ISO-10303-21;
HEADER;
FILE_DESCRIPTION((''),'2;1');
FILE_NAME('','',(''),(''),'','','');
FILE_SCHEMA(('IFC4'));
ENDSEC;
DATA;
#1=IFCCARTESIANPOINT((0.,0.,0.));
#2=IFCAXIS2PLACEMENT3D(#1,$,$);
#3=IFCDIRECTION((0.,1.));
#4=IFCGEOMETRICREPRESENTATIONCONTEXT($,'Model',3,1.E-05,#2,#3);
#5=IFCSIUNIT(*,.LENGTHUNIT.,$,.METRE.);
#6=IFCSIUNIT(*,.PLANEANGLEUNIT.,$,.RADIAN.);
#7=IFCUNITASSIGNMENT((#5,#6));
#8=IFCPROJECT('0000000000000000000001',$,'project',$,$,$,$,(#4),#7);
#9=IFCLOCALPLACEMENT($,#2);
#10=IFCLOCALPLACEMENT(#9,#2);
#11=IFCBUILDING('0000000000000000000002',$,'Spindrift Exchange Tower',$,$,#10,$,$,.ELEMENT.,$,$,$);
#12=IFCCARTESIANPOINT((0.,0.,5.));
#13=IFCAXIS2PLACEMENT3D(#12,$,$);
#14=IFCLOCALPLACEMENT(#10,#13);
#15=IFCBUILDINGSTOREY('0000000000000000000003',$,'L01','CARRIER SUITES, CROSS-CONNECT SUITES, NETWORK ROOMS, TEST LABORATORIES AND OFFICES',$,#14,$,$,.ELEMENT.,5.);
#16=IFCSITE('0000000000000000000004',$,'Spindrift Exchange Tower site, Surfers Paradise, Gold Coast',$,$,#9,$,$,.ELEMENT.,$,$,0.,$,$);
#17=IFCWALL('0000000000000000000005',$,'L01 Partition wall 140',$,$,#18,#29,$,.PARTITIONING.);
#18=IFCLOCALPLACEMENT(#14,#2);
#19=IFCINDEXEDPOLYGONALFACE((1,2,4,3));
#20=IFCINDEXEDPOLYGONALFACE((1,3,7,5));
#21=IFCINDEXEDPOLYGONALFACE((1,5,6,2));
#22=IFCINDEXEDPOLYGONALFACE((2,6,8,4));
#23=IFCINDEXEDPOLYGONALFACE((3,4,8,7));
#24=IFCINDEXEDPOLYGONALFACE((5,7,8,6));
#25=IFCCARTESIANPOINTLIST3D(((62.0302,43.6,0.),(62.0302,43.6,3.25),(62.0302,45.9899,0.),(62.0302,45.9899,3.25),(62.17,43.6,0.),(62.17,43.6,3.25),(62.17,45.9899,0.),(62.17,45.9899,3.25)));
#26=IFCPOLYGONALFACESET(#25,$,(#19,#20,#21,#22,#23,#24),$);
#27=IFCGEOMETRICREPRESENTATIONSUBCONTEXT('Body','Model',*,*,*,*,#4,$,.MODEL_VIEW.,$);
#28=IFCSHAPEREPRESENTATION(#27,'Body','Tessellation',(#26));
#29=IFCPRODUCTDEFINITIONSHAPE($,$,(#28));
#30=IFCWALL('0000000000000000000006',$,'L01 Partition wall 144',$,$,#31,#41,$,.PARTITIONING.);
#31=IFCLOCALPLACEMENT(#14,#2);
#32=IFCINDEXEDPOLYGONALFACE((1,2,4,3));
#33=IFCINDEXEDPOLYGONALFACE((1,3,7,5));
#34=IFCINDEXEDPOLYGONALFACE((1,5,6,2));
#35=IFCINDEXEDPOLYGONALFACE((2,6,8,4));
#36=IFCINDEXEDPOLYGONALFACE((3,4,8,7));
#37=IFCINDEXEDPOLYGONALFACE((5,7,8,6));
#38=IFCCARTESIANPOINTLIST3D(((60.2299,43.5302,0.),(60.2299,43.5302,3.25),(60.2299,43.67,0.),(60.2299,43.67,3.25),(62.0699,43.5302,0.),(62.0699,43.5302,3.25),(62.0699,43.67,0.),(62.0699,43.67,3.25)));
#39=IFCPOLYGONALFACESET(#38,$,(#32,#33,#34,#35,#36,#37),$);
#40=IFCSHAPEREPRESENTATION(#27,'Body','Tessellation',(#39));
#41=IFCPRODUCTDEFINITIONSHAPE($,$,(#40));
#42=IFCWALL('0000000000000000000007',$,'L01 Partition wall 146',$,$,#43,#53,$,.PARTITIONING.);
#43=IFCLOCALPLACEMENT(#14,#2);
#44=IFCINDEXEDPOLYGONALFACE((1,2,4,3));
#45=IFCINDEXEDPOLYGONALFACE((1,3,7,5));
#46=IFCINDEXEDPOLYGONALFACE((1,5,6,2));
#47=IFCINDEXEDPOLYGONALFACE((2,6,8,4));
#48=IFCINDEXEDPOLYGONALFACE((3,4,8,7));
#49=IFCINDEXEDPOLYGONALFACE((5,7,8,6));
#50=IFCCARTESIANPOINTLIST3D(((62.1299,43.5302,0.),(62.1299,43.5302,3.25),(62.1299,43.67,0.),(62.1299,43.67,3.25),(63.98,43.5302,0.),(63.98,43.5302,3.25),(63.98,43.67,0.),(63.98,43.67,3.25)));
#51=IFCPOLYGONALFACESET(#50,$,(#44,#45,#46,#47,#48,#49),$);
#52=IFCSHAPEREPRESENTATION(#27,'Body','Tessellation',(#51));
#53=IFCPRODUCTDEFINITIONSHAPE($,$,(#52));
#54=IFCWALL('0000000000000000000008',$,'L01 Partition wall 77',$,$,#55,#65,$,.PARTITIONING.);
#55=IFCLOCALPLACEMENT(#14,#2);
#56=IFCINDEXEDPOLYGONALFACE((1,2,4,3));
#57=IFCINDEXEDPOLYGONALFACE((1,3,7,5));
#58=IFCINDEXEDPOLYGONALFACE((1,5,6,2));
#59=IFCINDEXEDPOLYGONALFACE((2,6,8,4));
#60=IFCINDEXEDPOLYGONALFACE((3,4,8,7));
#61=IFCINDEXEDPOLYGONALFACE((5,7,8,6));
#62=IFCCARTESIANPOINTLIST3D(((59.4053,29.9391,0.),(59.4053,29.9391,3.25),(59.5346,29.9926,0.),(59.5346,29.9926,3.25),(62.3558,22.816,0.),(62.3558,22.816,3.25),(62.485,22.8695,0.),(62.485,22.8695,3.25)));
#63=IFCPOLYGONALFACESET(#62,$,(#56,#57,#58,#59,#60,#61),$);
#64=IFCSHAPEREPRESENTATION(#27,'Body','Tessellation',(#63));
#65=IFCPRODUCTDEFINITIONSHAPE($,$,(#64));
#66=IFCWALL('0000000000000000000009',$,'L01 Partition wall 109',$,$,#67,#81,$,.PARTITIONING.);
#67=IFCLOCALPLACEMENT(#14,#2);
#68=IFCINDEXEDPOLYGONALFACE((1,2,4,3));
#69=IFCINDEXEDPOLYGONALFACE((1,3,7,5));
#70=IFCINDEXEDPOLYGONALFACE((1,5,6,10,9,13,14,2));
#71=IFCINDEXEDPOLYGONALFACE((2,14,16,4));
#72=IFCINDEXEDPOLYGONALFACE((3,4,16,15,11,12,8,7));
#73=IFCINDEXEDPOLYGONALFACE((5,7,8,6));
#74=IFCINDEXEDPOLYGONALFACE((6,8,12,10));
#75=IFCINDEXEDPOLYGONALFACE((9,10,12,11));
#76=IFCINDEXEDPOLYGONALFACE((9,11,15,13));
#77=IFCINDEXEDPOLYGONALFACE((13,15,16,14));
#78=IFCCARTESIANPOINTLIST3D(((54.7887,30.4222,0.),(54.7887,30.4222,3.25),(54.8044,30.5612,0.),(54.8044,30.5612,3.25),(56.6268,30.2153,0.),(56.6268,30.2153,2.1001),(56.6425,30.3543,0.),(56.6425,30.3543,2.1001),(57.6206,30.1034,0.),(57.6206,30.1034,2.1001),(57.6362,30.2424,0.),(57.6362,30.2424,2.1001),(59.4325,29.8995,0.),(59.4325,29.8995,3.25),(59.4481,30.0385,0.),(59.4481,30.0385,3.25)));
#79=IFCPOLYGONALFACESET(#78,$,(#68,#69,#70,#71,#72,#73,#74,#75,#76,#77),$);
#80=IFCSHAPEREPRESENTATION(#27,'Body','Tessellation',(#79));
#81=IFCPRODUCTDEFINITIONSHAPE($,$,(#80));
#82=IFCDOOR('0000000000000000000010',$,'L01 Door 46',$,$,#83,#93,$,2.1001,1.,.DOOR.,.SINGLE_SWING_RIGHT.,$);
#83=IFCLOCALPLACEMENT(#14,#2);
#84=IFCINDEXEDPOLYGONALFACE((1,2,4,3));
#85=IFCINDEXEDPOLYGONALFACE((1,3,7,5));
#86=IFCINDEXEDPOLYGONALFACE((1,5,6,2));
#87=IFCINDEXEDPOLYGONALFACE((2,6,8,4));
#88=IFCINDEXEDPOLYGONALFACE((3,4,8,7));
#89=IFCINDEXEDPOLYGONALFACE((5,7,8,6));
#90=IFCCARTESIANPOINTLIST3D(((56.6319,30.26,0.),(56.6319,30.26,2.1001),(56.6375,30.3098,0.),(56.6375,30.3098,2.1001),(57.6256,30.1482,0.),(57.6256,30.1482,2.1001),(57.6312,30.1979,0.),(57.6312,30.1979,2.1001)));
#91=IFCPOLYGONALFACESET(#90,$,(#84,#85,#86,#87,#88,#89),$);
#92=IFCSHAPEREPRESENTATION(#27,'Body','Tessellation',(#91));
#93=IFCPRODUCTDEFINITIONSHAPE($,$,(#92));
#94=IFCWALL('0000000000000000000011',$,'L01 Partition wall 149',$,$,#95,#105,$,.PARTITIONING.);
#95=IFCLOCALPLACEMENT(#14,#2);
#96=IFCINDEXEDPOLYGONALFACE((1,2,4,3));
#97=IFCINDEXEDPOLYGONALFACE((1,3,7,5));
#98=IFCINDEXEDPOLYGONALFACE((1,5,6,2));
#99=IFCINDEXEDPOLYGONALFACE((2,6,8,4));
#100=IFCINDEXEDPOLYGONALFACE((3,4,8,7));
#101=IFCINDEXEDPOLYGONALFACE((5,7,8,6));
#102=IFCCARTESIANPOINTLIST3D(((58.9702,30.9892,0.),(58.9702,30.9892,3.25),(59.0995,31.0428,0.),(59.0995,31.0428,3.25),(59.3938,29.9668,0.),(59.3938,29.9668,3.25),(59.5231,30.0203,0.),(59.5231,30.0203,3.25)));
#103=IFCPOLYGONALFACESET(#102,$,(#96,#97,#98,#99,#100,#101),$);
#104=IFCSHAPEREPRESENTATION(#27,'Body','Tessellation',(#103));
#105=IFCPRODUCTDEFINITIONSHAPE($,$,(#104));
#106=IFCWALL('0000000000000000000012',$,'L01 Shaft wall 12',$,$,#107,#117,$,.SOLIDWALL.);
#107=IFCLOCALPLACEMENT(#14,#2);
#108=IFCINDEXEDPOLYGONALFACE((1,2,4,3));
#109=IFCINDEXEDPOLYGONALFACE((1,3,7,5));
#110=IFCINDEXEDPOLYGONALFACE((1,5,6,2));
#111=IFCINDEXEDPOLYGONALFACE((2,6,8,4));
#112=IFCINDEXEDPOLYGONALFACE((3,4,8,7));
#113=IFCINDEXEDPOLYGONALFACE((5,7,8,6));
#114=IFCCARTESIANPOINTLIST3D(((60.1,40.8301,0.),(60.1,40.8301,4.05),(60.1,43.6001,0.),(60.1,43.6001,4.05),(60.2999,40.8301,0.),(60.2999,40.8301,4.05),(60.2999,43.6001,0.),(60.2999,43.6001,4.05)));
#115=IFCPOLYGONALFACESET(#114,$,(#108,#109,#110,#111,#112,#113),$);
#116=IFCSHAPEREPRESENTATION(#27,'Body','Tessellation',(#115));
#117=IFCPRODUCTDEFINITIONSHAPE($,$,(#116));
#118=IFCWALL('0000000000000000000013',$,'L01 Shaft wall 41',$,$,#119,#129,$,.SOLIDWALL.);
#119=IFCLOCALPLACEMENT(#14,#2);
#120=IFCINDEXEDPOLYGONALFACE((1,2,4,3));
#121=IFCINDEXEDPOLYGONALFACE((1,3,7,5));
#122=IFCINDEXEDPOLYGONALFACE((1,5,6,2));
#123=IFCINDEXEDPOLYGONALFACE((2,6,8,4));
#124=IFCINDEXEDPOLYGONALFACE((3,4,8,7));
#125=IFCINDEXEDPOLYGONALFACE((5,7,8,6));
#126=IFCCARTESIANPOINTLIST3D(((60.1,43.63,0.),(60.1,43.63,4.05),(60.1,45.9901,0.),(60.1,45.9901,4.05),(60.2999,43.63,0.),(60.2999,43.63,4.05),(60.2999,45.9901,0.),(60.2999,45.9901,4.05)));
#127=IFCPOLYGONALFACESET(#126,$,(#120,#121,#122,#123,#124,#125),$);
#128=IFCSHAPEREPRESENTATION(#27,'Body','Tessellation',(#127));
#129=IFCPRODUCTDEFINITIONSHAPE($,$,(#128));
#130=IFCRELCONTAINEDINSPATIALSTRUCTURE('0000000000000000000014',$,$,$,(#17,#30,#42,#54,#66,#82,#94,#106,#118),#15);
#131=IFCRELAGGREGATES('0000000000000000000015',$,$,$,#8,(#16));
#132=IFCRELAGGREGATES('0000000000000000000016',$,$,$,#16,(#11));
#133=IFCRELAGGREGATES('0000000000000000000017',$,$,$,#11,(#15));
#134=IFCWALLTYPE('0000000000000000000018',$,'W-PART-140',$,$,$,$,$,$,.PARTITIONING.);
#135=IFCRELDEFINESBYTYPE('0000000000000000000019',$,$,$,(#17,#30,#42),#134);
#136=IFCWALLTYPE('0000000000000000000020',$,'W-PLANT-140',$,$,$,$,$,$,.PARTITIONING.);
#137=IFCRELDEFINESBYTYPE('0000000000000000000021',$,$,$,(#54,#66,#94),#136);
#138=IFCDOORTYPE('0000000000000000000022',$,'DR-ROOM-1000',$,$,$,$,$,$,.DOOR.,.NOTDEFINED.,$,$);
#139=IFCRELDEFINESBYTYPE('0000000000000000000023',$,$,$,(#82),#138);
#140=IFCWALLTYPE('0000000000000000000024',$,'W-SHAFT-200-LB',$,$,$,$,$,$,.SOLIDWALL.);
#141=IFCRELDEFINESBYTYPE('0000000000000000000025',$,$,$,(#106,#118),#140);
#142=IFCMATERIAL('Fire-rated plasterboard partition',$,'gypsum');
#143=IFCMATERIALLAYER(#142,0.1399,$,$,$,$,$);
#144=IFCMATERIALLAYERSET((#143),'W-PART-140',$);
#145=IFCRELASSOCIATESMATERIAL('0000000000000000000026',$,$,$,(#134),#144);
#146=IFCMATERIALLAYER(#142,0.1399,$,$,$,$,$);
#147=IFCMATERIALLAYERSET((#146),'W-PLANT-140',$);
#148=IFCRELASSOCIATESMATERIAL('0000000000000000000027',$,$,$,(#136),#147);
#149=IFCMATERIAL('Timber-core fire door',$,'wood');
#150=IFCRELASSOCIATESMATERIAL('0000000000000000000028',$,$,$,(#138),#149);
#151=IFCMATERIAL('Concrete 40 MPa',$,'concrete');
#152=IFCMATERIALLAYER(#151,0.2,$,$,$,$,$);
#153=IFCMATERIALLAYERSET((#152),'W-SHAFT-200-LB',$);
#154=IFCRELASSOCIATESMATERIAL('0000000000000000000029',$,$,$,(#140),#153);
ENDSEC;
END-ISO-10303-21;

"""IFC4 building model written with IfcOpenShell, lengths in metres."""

from ifc_helpers import new_model, si_unit, direction, frame, frame_2d, origin, place, context, subcontext, project, spatial, rectangle, extrude, source, transform, mapped, material, layer, layer_set, type_object, element, fill, save


model = new_model("IFC4")

# Units and contexts
model_context = context("Model", 3, precision=1e-05, world=origin(), true_north=direction((0.0, 1.0)))
body_context = subcontext(model_context, "Body", "Model", "MODEL_VIEW")
ifc_project = project(units=[si_unit("LENGTHUNIT", "METRE"), si_unit("PLANEANGLEUNIT", "RADIAN")], contexts=[model_context])

# Site, building, storey
site_placement = place(None, origin())
site = spatial("IfcSite", under=ifc_project, at=site_placement, Name="Spindrift Exchange Tower site, Surfers Paradise, Gold Coast", CompositionType="ELEMENT", RefElevation=0.0)
building_placement = place(site_placement, origin())
building = spatial("IfcBuilding", under=site, at=building_placement, Name="Spindrift Exchange Tower", CompositionType="ELEMENT")
storey_placement = place(building_placement, frame((0.0, 0.0, 5.0)))
storey = spatial("IfcBuildingStorey", under=building, at=storey_placement, Name="L01", Description="CARRIER SUITES, CROSS-CONNECT SUITES, NETWORK ROOMS, TEST LABORATORIES AND OFFICES", CompositionType="ELEMENT", Elevation=5.0)

# Shared definitions
ifc_material_1 = material(Name="Timber-core fire door", Category="wood")
ifc_material_2 = material(Name="Fire-rated plasterboard partition", Category="gypsum")

# Walls
ifc_layer_1 = layer(ifc_material_2, 0.1399)
ifc_layer_set_1 = layer_set([ifc_layer_1], Name="W-PART-140")
wall_type_1 = type_object("IfcWallType", Name="W-PART-140", PredefinedType="PARTITIONING", material=ifc_layer_set_1)
wall_1_placement = place(storey_placement, frame((62.1001, 43.6001, 0.0), z_axis=(0.0, 0.0, 1.0), x_axis=(0.0, 1.0, 0.0)))
element("IfcWall", 1, at=wall_1_placement, inside=storey, type_object=wall_type_1, Name="L01 Partition wall 140", PredefinedType="PARTITIONING", context=body_context, shape_type="SweptSolid", body=[
    extrude(rectangle(XDim=2.3899, YDim=0.1399, at=frame_2d((1.1948, 0.0))), origin(), (0.0, 0.0, 1.0), 3.25),
])
wall_2_placement = place(storey_placement, frame((60.23, 43.6001, 0.0), z_axis=(0.0, 0.0, 1.0), x_axis=(1.0, 0.0, 0.0)))
element("IfcWall", 2, at=wall_2_placement, inside=storey, type_object=wall_type_1, Name="L01 Partition wall 144", PredefinedType="PARTITIONING", context=body_context, shape_type="SweptSolid", body=[
    extrude(rectangle(XDim=1.8401, YDim=0.1399, at=frame_2d((0.9199, 0.0))), origin(), (0.0, 0.0, 1.0), 3.25),
])
wall_3_placement = place(storey_placement, frame((62.1299, 43.6001, 0.0), z_axis=(0.0, 0.0, 1.0), x_axis=(1.0, 0.0, 0.0)))
element("IfcWall", 3, at=wall_3_placement, inside=storey, type_object=wall_type_1, Name="L01 Partition wall 146", PredefinedType="PARTITIONING", context=body_context, shape_type="SweptSolid", body=[
    extrude(rectangle(XDim=1.8501, YDim=0.1399, at=frame_2d((0.925, 0.0))), origin(), (0.0, 0.0, 1.0), 3.25),
])
ifc_layer_2 = layer(ifc_material_2, 0.1399)
ifc_layer_set_2 = layer_set([ifc_layer_2], Name="W-PLANT-140")
wall_type_2 = type_object("IfcWallType", Name="W-PLANT-140", PredefinedType="PARTITIONING", material=ifc_layer_set_2)
wall_4_placement = place(storey_placement, frame((59.47, 29.9658, 0.0), z_axis=(0.0, 0.0, 1.0), x_axis=(0.382681, -0.923881, 0.0)))
element("IfcWall", 4, at=wall_4_placement, inside=storey, type_object=wall_type_2, Name="L01 Partition wall 77", PredefinedType="PARTITIONING", context=body_context, shape_type="SweptSolid", body=[
    extrude(rectangle(XDim=7.71, YDim=0.1399, at=frame_2d((3.855, 0.0))), origin(), (0.0, 0.0, 1.0), 3.25),
])

# Wall, opening, door
wall_5_placement = place(storey_placement, frame((59.4402, 29.969, 0.0), z_axis=(0.0, 0.0, 1.0), x_axis=(-0.993725, 0.111853, 0.0)))
wall_5 = element("IfcWall", 5, at=wall_5_placement, inside=storey, type_object=wall_type_2, Name="L01 Partition wall 109", PredefinedType="PARTITIONING", context=body_context, shape_type="SweptSolid", body=[
    extrude(rectangle(XDim=4.6731, YDim=0.1399, at=frame_2d((2.3364, 0.0))), origin(), (0.0, 0.0, 1.0), 3.25),
])
opening_1_placement = place(wall_5_placement, frame((1.8232, 0.0, 0.0)))
opening_1 = element("IfcOpeningElement", 6, at=opening_1_placement, cuts=wall_5, PredefinedType="OPENING", context=body_context, shape_type="SweptSolid", body=[
    extrude(rectangle(XDim=1.0, YDim=2.1001, at=frame_2d((0.5, 1.05))), frame((0.0, 0.0798, 0.0), z_axis=(0.0, -1.0, 0.0), x_axis=(1.0, 0.0, 0.0)), (0.0, 0.0, 1.0), 0.1599),
])
door_type_1 = type_object("IfcDoorType", Name="DR-ROOM-1000", OperationType="NOTDEFINED", PredefinedType="DOOR", material=ifc_material_1)
shared_shape_1 = source(origin(), body_context, "Body", "SweptSolid", [
    extrude(rectangle(XDim=1.0, YDim=2.1001, at=frame_2d((0.5, 1.05))), frame((0.0, 0.0249, 0.0), z_axis=(0.0, -1.0, 0.0), x_axis=(1.0, 0.0, 0.0)), (0.0, 0.0, 1.0), 0.05),
])
door_1_placement = place(opening_1_placement, origin())
door_1 = element("IfcDoor", 7, at=door_1_placement, inside=storey, type_object=door_type_1, Name="L01 Door 46", OperationType="SINGLE_SWING_RIGHT", OverallHeight=2.1001, OverallWidth=1.0, PredefinedType="DOOR", context=body_context, shape_type="MappedRepresentation", body=[
    mapped(shared_shape_1, transform((0.0, 0.0, 0.0), scale=1.0)),
])
fill(opening_1, door_1)

# Walls
wall_6_placement = place(storey_placement, frame((59.0349, 31.0159, 0.0), z_axis=(0.0, 0.0, 1.0), x_axis=(0.382735, -0.923858, 0.0)))
element("IfcWall", 8, at=wall_6_placement, inside=storey, type_object=wall_type_2, Name="L01 Partition wall 149", PredefinedType="PARTITIONING", context=body_context, shape_type="SweptSolid", body=[
    extrude(rectangle(XDim=1.1067, YDim=0.1399, at=frame_2d((0.5532, 0.0))), origin(), (0.0, 0.0, 1.0), 3.25),
])
ifc_material_3 = material(Name="Concrete 40 MPa", Category="concrete")
ifc_layer_3 = layer(ifc_material_3, 0.2)
ifc_layer_set_3 = layer_set([ifc_layer_3], Name="W-SHAFT-200-LB")
wall_type_3 = type_object("IfcWallType", Name="W-SHAFT-200-LB", PredefinedType="SOLIDWALL", material=ifc_layer_set_3)
wall_7_placement = place(storey_placement, frame((60.2, 40.8301, 0.0), z_axis=(0.0, 0.0, 1.0), x_axis=(0.0, 1.0, 0.0)))
element("IfcWall", 9, at=wall_7_placement, inside=storey, type_object=wall_type_3, Name="L01 Shaft wall 12", PredefinedType="SOLIDWALL", context=body_context, shape_type="SweptSolid", body=[
    extrude(rectangle(XDim=2.77, YDim=0.2, at=frame_2d((1.385, 0.0))), origin(), (0.0, 0.0, 1.0), 4.05),
])
wall_8_placement = place(storey_placement, frame((60.2, 43.6299, 0.0), z_axis=(0.0, 0.0, 1.0), x_axis=(0.0, 1.0, 0.0)))
element("IfcWall", 10, at=wall_8_placement, inside=storey, type_object=wall_type_3, Name="L01 Shaft wall 41", PredefinedType="SOLIDWALL", context=body_context, shape_type="SweptSolid", body=[
    extrude(rectangle(XDim=2.3601, YDim=0.2, at=frame_2d((1.1802, 0.0))), origin(), (0.0, 0.0, 1.0), 4.05),
])

save(model, "model.ifc")
